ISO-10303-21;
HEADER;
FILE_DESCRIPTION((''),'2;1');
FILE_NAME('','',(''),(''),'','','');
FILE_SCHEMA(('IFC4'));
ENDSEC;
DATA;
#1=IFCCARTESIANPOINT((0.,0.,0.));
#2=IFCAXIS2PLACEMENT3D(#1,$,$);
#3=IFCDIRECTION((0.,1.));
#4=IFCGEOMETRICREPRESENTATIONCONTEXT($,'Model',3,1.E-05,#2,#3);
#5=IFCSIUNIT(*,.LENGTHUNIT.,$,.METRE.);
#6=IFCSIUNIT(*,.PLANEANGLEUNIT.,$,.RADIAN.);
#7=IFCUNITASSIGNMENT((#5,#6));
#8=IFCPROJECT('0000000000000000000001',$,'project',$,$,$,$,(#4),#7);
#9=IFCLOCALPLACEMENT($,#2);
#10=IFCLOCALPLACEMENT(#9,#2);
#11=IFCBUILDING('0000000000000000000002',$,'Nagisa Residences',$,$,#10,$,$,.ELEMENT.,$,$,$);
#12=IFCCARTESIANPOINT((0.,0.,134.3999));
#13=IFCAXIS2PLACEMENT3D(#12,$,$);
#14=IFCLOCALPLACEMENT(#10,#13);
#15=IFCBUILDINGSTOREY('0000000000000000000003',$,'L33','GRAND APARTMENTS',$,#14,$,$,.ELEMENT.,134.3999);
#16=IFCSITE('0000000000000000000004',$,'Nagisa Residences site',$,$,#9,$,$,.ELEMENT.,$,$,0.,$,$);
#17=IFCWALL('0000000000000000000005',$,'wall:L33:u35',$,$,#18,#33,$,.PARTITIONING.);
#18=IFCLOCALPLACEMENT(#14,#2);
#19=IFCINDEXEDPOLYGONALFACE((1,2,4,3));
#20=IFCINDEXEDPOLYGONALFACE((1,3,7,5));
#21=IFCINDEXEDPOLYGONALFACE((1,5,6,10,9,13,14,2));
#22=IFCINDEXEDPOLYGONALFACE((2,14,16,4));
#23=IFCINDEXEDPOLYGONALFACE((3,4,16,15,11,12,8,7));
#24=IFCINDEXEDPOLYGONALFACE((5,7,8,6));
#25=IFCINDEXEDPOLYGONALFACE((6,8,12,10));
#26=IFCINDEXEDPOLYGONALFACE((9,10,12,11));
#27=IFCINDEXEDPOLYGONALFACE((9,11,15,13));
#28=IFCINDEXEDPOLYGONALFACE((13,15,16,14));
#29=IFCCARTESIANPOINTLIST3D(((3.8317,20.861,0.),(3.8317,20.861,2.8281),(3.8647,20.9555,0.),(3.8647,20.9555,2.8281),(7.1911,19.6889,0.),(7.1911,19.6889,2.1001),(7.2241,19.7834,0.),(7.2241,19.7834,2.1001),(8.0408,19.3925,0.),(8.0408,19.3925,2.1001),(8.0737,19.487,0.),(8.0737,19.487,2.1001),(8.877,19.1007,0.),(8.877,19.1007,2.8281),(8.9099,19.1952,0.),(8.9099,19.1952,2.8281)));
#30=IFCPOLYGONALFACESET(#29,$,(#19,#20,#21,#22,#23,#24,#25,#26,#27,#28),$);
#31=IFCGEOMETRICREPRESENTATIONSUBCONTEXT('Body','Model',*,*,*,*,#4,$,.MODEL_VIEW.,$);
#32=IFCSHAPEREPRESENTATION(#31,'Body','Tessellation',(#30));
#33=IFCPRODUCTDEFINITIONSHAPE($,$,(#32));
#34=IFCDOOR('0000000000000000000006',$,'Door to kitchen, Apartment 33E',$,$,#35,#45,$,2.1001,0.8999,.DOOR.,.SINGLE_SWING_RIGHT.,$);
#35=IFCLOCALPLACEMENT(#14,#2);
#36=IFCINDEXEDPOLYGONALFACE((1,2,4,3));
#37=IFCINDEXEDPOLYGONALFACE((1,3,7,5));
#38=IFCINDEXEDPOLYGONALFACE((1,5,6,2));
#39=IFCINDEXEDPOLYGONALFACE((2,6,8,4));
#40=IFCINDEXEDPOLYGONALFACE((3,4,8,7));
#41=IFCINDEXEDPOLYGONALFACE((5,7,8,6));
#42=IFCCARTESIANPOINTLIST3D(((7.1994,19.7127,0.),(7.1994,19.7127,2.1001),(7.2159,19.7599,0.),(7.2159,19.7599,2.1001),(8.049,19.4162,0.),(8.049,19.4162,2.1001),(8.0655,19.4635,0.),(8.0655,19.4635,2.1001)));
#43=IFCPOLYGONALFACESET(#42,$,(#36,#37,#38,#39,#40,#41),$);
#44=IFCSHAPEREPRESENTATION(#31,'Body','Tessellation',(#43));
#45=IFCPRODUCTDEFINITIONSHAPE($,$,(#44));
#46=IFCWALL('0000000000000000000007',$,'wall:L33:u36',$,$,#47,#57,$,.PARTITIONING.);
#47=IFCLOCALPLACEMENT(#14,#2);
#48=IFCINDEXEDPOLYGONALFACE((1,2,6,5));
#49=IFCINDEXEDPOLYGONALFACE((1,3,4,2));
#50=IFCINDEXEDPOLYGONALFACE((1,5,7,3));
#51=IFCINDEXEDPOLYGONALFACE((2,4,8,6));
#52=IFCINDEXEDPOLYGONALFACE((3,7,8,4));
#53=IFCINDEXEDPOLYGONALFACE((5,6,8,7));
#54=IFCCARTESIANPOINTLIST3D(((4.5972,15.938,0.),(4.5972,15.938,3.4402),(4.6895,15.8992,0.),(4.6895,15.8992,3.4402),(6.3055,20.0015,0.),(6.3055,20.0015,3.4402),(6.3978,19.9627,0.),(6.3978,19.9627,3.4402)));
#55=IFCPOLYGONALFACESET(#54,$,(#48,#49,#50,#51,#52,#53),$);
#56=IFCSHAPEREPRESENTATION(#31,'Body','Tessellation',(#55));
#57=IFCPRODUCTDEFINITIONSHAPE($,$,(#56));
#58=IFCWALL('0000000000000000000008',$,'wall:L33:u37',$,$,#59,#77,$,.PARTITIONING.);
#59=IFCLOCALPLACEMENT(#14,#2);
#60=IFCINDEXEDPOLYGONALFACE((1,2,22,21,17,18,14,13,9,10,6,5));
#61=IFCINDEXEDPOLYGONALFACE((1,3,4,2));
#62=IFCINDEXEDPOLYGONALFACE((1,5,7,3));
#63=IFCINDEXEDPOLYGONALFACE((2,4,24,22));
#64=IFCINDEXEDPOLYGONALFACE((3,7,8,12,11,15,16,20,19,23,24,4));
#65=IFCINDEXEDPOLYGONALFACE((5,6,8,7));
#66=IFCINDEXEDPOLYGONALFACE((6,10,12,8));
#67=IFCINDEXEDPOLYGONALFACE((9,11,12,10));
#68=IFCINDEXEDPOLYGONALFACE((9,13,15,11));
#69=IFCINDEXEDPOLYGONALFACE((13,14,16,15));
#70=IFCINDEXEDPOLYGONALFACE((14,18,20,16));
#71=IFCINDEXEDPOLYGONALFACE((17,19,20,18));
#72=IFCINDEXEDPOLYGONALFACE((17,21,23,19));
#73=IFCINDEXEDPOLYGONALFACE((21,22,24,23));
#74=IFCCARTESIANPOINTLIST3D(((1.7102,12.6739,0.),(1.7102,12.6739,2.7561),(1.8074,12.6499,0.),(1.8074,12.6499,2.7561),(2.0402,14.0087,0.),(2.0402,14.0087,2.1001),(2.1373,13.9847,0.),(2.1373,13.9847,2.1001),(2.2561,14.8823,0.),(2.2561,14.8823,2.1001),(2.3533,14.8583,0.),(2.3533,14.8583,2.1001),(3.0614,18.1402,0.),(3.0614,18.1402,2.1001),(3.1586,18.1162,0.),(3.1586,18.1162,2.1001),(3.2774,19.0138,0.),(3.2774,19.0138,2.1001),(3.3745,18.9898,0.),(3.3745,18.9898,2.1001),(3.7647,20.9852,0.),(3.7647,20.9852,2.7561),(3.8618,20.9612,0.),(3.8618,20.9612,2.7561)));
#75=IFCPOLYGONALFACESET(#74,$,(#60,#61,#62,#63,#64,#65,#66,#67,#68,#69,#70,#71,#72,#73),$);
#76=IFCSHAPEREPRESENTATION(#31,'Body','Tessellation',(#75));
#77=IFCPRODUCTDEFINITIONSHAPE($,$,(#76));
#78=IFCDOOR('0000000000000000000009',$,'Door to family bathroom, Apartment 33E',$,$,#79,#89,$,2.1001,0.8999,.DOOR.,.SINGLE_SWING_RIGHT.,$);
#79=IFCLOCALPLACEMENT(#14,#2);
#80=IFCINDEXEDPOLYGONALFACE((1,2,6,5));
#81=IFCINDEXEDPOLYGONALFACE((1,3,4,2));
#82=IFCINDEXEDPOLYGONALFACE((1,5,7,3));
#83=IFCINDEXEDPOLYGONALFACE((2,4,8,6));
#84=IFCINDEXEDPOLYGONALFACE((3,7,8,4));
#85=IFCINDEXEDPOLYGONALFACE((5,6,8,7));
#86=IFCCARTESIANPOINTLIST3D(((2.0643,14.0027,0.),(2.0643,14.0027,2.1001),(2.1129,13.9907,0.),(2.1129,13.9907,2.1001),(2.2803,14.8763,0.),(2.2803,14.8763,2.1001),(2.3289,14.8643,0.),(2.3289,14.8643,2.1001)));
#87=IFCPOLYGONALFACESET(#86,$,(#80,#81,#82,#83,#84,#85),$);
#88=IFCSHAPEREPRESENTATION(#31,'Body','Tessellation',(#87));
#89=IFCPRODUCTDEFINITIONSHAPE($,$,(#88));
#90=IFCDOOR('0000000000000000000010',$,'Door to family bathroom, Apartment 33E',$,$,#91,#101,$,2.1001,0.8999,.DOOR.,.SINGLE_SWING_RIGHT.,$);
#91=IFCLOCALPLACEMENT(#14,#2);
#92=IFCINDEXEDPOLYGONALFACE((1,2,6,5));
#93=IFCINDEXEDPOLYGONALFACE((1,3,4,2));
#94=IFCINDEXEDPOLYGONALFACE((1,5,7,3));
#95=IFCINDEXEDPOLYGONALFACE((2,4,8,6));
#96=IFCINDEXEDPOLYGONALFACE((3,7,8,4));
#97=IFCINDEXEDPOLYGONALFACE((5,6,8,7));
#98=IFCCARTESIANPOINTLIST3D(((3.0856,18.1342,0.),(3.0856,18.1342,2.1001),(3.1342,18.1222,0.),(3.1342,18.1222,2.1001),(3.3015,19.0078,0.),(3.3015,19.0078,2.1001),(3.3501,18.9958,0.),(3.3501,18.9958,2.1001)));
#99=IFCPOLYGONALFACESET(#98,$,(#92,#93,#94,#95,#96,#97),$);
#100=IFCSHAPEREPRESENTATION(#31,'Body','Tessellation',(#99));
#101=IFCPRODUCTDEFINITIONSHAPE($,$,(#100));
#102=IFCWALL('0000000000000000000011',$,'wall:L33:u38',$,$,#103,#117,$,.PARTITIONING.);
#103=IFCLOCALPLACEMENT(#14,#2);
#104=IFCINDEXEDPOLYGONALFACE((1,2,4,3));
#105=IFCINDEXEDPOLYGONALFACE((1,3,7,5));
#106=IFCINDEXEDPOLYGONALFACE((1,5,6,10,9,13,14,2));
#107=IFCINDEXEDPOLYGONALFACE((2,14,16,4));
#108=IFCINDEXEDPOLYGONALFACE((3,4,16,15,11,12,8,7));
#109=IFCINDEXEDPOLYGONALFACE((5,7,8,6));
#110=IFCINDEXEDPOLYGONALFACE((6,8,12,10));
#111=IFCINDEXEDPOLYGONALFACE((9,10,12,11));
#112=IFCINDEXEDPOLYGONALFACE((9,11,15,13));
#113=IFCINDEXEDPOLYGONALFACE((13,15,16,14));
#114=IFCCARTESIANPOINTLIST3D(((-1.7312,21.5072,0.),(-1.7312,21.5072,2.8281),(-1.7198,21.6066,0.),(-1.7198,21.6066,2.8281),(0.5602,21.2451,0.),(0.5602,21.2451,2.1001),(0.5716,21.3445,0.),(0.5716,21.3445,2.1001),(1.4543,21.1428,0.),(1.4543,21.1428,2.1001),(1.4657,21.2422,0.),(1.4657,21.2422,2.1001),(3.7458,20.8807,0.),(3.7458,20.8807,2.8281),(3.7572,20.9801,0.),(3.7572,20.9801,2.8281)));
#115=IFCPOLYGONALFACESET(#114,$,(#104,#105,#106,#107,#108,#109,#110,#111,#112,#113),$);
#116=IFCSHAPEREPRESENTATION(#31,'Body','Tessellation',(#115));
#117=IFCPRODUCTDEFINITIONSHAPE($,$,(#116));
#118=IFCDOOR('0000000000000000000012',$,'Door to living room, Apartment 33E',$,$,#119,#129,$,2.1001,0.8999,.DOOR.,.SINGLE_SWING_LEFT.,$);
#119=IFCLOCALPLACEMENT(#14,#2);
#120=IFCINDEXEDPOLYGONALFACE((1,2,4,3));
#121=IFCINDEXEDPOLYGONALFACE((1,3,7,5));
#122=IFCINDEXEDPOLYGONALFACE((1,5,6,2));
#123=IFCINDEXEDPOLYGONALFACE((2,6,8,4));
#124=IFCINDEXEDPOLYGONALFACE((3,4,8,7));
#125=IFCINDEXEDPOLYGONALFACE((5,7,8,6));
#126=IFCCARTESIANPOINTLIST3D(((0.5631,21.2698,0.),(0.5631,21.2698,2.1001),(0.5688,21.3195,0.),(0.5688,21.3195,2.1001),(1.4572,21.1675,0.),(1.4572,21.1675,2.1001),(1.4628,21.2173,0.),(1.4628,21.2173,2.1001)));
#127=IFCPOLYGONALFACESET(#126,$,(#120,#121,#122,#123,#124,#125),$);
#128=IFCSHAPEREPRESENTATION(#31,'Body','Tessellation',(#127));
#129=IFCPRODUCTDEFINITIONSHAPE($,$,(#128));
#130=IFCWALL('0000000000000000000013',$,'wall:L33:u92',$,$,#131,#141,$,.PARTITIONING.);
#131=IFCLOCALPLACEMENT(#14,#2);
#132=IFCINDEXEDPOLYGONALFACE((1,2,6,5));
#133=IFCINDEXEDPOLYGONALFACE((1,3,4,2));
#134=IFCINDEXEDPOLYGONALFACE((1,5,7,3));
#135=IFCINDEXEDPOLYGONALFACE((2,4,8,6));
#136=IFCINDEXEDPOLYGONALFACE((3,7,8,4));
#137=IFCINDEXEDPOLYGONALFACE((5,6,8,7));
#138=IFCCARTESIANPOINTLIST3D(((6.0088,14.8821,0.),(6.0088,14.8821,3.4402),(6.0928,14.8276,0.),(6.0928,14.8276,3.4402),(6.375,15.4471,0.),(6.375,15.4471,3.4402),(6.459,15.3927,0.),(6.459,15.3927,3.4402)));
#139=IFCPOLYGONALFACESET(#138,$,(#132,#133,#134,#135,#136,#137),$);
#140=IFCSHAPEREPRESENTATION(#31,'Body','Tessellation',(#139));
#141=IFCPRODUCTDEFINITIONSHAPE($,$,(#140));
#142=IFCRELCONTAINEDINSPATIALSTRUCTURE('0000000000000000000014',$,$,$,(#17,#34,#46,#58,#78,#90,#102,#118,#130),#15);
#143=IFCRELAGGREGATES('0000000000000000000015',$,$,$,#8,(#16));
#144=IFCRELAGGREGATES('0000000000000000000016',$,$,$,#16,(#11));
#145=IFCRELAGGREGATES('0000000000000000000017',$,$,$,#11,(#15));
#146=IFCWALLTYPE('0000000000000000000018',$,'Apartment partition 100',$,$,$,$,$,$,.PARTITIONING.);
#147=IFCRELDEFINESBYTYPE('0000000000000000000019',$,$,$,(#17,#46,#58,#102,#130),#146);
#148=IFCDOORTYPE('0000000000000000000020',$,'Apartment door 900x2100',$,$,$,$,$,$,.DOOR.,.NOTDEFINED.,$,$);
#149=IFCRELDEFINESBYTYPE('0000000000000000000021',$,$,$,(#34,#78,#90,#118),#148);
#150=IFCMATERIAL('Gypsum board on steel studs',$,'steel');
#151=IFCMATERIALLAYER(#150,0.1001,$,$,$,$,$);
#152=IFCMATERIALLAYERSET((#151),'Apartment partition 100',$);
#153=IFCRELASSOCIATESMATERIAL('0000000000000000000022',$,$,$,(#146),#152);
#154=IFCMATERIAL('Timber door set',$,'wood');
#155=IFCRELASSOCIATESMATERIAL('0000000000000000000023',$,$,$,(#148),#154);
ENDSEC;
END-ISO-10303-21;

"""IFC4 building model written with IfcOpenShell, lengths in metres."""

from ifc_helpers import new_model, si_unit, direction, frame, frame_2d, origin, place, context, subcontext, project, spatial, rectangle, extrude, material, layer, layer_set, type_object, element, fill, save


model = new_model("IFC4")

# Units and contexts
model_context = context("Model", 3, precision=1e-05, world=origin(), true_north=direction((0.0, 1.0)))
body_context = subcontext(model_context, "Body", "Model", "MODEL_VIEW")
ifc_project = project(units=[si_unit("LENGTHUNIT", "METRE"), si_unit("PLANEANGLEUNIT", "RADIAN")], contexts=[model_context])

# Site, building, storey
site_placement = place(None, origin())
site = spatial("IfcSite", under=ifc_project, at=site_placement, Name="Nagisa Residences site", CompositionType="ELEMENT", RefElevation=0.0)
building_placement = place(site_placement, origin())
building = spatial("IfcBuilding", under=site, at=building_placement, Name="Nagisa Residences", CompositionType="ELEMENT")
storey_placement = place(building_placement, frame((0.0, 0.0, 134.3999)))
storey = spatial("IfcBuildingStorey", under=building, at=storey_placement, Name="L33", Description="GRAND APARTMENTS", CompositionType="ELEMENT", Elevation=134.3999)

# Shared definitions
ifc_material_1 = material(Name="Gypsum board on steel studs", Category="steel")
ifc_layer_1 = layer(ifc_material_1, 0.1001)
ifc_layer_set_1 = layer_set([ifc_layer_1], Name="Apartment partition 100")
wall_type_1 = type_object("IfcWallType", Name="Apartment partition 100", PredefinedType="PARTITIONING", material=ifc_layer_set_1)
ifc_material_2 = material(Name="Timber door set", Category="wood")
door_type_1 = type_object("IfcDoorType", Name="Apartment door 900x2100", OperationType="NOTDEFINED", PredefinedType="DOOR", material=ifc_material_2)

# Wall, opening, door
wall_1_placement = place(storey_placement, frame((8.8936, 19.1479, 0.0), z_axis=(0.0, 0.0, 1.0), x_axis=(-0.944182, 0.329424, 0.0)))
wall_1 = element("IfcWall", 1, at=wall_1_placement, inside=storey, type_object=wall_type_1, Name="wall:L33:u35", PredefinedType="PARTITIONING", context=body_context, shape_type="SweptSolid", body=[
    extrude(rectangle(XDim=5.3435, YDim=0.1001, at=frame_2d((2.6719, 0.0))), origin(), (0.0, 0.0, 1.0), 2.8281),
])
opening_1_placement = place(wall_1_placement, frame((0.8857, 0.0, 0.0)))
opening_1 = element("IfcOpeningElement", 2, at=opening_1_placement, cuts=wall_1, PredefinedType="OPENING", context=body_context, shape_type="SweptSolid", body=[
    extrude(rectangle(XDim=0.8999, YDim=2.1001, at=frame_2d((0.45, 1.05))), frame((0.0, 0.0601, 0.0), z_axis=(0.0, -1.0, 0.0), x_axis=(1.0, 0.0, 0.0)), (0.0, 0.0, 1.0), 0.1201),
])
door_1_placement = place(opening_1_placement, origin())
door_1 = element("IfcDoor", 3, at=door_1_placement, inside=storey, type_object=door_type_1, Name="Door to kitchen, Apartment 33E", OperationType="SINGLE_SWING_RIGHT", OverallHeight=2.1001, OverallWidth=0.8999, PredefinedType="DOOR", context=body_context, shape_type="SweptSolid", body=[
    extrude(rectangle(XDim=0.8999, YDim=2.1001, at=frame_2d((0.45, 1.05))), frame((0.0, 0.0249, 0.0), z_axis=(0.0, -1.0, 0.0), x_axis=(1.0, 0.0, 0.0)), (0.0, 0.0, 1.0), 0.05),
])
fill(opening_1, door_1)

# Wall
wall_2_placement = place(storey_placement, frame((4.6433, 15.9185, 0.0), z_axis=(0.0, 0.0, 1.0), x_axis=(0.387539, 0.921853, 0.0)))
element("IfcWall", 4, at=wall_2_placement, inside=storey, type_object=wall_type_1, Name="wall:L33:u36", PredefinedType="PARTITIONING", context=body_context, shape_type="SweptSolid", body=[
    extrude(rectangle(XDim=4.408, YDim=0.1001, at=frame_2d((2.2041, 0.0))), origin(), (0.0, 0.0, 1.0), 3.4402),
])

# Wall, openings, doors
wall_3_placement = place(storey_placement, frame((1.7588, 12.6619, 0.0), z_axis=(0.0, 0.0, 1.0), x_axis=(0.239965, 0.970782, 0.0)))
wall_3 = element("IfcWall", 5, at=wall_3_placement, inside=storey, type_object=wall_type_1, Name="wall:L33:u37", PredefinedType="PARTITIONING", context=body_context, shape_type="SweptSolid", body=[
    extrude(rectangle(XDim=8.5615, YDim=0.1001, at=frame_2d((4.2808, 0.0))), origin(), (0.0, 0.0, 1.0), 2.7561),
])
opening_2_placement = place(wall_3_placement, frame((1.375, 0.0, 0.0)))
opening_2 = element("IfcOpeningElement", 6, at=opening_2_placement, cuts=wall_3, PredefinedType="OPENING", context=body_context, shape_type="SweptSolid", body=[
    extrude(rectangle(XDim=0.8999, YDim=2.1001, at=frame_2d((0.45, 1.05))), frame((0.0, 0.0601, 0.0), z_axis=(0.0, -1.0, 0.0), x_axis=(1.0, 0.0, 0.0)), (0.0, 0.0, 1.0), 0.1201),
])
opening_3_placement = place(wall_3_placement, frame((5.6309, 0.0, 0.0)))
opening_3 = element("IfcOpeningElement", 7, at=opening_3_placement, cuts=wall_3, PredefinedType="OPENING", context=body_context, shape_type="SweptSolid", body=[
    extrude(rectangle(XDim=0.8999, YDim=2.1001, at=frame_2d((0.45, 1.05))), frame((0.0, 0.0601, 0.0), z_axis=(0.0, -1.0, 0.0), x_axis=(1.0, 0.0, 0.0)), (0.0, 0.0, 1.0), 0.1201),
])
door_2_placement = place(opening_2_placement, frame((0.8999, 0.0, 0.0), x_axis=(-1.0, 0.0, 0.0)))
door_2 = element("IfcDoor", 8, at=door_2_placement, inside=storey, type_object=door_type_1, Name="Door to family bathroom, Apartment 33E", OperationType="SINGLE_SWING_RIGHT", OverallHeight=2.1001, OverallWidth=0.8999, PredefinedType="DOOR", context=body_context, shape_type="SweptSolid", body=[
    extrude(rectangle(XDim=0.8999, YDim=2.1001, at=frame_2d((0.45, 1.05))), frame((0.0, 0.0249, 0.0), z_axis=(0.0, -1.0, 0.0), x_axis=(1.0, 0.0, 0.0)), (0.0, 0.0, 1.0), 0.05),
])
fill(opening_2, door_2)
door_3_placement = place(opening_3_placement, frame((0.8999, 0.0, 0.0), x_axis=(-1.0, 0.0, 0.0)))
door_3 = element("IfcDoor", 9, at=door_3_placement, inside=storey, type_object=door_type_1, Name="Door to family bathroom, Apartment 33E", OperationType="SINGLE_SWING_RIGHT", OverallHeight=2.1001, OverallWidth=0.8999, PredefinedType="DOOR", context=body_context, shape_type="SweptSolid", body=[
    extrude(rectangle(XDim=0.8999, YDim=2.1001, at=frame_2d((0.45, 1.05))), frame((0.0, 0.0249, 0.0), z_axis=(0.0, -1.0, 0.0), x_axis=(1.0, 0.0, 0.0)), (0.0, 0.0, 1.0), 0.05),
])
fill(opening_3, door_3)

# Wall, opening, door
wall_4_placement = place(storey_placement, frame((3.7515, 20.9304, 0.0), z_axis=(0.0, 0.0, 1.0), x_axis=(-0.993522, 0.113639, 0.0)))
wall_4 = element("IfcWall", 10, at=wall_4_placement, inside=storey, type_object=wall_type_1, Name="wall:L33:u38", PredefinedType="PARTITIONING", context=body_context, shape_type="SweptSolid", body=[
    extrude(rectangle(XDim=5.5127, YDim=0.1001, at=frame_2d((2.7563, 0.0))), origin(), (0.0, 0.0, 1.0), 2.8281),
])
opening_4_placement = place(wall_4_placement, frame((2.3064, 0.0, 0.0)))
opening_4 = element("IfcOpeningElement", 11, at=opening_4_placement, cuts=wall_4, PredefinedType="OPENING", context=body_context, shape_type="SweptSolid", body=[
    extrude(rectangle(XDim=0.8999, YDim=2.1001, at=frame_2d((0.45, 1.05))), frame((0.0, 0.0601, 0.0), z_axis=(0.0, -1.0, 0.0), x_axis=(1.0, 0.0, 0.0)), (0.0, 0.0, 1.0), 0.1201),
])
door_4_placement = place(opening_4_placement, frame((0.8999, 0.0, 0.0), x_axis=(-1.0, 0.0, 0.0)))
door_4 = element("IfcDoor", 12, at=door_4_placement, inside=storey, type_object=door_type_1, Name="Door to living room, Apartment 33E", OperationType="SINGLE_SWING_LEFT", OverallHeight=2.1001, OverallWidth=0.8999, PredefinedType="DOOR", context=body_context, shape_type="SweptSolid", body=[
    extrude(rectangle(XDim=0.8999, YDim=2.1001, at=frame_2d((0.45, 1.05))), frame((0.0, 0.0249, 0.0), z_axis=(0.0, -1.0, 0.0), x_axis=(1.0, 0.0, 0.0)), (0.0, 0.0, 1.0), 0.05),
])
fill(opening_4, door_4)

# Wall
wall_5_placement = place(storey_placement, frame((6.417, 15.4199, 0.0), z_axis=(0.0, 0.0, 1.0), x_axis=(-0.543777, -0.83923, 0.0)))
element("IfcWall", 13, at=wall_5_placement, inside=storey, type_object=wall_type_1, Name="wall:L33:u92", PredefinedType="PARTITIONING", context=body_context, shape_type="SweptSolid", body=[
    extrude(rectangle(XDim=0.6733, YDim=0.1001, at=frame_2d((0.3367, 0.0))), origin(), (0.0, 0.0, 1.0), 3.4402),
])

save(model, "model.ifc")
